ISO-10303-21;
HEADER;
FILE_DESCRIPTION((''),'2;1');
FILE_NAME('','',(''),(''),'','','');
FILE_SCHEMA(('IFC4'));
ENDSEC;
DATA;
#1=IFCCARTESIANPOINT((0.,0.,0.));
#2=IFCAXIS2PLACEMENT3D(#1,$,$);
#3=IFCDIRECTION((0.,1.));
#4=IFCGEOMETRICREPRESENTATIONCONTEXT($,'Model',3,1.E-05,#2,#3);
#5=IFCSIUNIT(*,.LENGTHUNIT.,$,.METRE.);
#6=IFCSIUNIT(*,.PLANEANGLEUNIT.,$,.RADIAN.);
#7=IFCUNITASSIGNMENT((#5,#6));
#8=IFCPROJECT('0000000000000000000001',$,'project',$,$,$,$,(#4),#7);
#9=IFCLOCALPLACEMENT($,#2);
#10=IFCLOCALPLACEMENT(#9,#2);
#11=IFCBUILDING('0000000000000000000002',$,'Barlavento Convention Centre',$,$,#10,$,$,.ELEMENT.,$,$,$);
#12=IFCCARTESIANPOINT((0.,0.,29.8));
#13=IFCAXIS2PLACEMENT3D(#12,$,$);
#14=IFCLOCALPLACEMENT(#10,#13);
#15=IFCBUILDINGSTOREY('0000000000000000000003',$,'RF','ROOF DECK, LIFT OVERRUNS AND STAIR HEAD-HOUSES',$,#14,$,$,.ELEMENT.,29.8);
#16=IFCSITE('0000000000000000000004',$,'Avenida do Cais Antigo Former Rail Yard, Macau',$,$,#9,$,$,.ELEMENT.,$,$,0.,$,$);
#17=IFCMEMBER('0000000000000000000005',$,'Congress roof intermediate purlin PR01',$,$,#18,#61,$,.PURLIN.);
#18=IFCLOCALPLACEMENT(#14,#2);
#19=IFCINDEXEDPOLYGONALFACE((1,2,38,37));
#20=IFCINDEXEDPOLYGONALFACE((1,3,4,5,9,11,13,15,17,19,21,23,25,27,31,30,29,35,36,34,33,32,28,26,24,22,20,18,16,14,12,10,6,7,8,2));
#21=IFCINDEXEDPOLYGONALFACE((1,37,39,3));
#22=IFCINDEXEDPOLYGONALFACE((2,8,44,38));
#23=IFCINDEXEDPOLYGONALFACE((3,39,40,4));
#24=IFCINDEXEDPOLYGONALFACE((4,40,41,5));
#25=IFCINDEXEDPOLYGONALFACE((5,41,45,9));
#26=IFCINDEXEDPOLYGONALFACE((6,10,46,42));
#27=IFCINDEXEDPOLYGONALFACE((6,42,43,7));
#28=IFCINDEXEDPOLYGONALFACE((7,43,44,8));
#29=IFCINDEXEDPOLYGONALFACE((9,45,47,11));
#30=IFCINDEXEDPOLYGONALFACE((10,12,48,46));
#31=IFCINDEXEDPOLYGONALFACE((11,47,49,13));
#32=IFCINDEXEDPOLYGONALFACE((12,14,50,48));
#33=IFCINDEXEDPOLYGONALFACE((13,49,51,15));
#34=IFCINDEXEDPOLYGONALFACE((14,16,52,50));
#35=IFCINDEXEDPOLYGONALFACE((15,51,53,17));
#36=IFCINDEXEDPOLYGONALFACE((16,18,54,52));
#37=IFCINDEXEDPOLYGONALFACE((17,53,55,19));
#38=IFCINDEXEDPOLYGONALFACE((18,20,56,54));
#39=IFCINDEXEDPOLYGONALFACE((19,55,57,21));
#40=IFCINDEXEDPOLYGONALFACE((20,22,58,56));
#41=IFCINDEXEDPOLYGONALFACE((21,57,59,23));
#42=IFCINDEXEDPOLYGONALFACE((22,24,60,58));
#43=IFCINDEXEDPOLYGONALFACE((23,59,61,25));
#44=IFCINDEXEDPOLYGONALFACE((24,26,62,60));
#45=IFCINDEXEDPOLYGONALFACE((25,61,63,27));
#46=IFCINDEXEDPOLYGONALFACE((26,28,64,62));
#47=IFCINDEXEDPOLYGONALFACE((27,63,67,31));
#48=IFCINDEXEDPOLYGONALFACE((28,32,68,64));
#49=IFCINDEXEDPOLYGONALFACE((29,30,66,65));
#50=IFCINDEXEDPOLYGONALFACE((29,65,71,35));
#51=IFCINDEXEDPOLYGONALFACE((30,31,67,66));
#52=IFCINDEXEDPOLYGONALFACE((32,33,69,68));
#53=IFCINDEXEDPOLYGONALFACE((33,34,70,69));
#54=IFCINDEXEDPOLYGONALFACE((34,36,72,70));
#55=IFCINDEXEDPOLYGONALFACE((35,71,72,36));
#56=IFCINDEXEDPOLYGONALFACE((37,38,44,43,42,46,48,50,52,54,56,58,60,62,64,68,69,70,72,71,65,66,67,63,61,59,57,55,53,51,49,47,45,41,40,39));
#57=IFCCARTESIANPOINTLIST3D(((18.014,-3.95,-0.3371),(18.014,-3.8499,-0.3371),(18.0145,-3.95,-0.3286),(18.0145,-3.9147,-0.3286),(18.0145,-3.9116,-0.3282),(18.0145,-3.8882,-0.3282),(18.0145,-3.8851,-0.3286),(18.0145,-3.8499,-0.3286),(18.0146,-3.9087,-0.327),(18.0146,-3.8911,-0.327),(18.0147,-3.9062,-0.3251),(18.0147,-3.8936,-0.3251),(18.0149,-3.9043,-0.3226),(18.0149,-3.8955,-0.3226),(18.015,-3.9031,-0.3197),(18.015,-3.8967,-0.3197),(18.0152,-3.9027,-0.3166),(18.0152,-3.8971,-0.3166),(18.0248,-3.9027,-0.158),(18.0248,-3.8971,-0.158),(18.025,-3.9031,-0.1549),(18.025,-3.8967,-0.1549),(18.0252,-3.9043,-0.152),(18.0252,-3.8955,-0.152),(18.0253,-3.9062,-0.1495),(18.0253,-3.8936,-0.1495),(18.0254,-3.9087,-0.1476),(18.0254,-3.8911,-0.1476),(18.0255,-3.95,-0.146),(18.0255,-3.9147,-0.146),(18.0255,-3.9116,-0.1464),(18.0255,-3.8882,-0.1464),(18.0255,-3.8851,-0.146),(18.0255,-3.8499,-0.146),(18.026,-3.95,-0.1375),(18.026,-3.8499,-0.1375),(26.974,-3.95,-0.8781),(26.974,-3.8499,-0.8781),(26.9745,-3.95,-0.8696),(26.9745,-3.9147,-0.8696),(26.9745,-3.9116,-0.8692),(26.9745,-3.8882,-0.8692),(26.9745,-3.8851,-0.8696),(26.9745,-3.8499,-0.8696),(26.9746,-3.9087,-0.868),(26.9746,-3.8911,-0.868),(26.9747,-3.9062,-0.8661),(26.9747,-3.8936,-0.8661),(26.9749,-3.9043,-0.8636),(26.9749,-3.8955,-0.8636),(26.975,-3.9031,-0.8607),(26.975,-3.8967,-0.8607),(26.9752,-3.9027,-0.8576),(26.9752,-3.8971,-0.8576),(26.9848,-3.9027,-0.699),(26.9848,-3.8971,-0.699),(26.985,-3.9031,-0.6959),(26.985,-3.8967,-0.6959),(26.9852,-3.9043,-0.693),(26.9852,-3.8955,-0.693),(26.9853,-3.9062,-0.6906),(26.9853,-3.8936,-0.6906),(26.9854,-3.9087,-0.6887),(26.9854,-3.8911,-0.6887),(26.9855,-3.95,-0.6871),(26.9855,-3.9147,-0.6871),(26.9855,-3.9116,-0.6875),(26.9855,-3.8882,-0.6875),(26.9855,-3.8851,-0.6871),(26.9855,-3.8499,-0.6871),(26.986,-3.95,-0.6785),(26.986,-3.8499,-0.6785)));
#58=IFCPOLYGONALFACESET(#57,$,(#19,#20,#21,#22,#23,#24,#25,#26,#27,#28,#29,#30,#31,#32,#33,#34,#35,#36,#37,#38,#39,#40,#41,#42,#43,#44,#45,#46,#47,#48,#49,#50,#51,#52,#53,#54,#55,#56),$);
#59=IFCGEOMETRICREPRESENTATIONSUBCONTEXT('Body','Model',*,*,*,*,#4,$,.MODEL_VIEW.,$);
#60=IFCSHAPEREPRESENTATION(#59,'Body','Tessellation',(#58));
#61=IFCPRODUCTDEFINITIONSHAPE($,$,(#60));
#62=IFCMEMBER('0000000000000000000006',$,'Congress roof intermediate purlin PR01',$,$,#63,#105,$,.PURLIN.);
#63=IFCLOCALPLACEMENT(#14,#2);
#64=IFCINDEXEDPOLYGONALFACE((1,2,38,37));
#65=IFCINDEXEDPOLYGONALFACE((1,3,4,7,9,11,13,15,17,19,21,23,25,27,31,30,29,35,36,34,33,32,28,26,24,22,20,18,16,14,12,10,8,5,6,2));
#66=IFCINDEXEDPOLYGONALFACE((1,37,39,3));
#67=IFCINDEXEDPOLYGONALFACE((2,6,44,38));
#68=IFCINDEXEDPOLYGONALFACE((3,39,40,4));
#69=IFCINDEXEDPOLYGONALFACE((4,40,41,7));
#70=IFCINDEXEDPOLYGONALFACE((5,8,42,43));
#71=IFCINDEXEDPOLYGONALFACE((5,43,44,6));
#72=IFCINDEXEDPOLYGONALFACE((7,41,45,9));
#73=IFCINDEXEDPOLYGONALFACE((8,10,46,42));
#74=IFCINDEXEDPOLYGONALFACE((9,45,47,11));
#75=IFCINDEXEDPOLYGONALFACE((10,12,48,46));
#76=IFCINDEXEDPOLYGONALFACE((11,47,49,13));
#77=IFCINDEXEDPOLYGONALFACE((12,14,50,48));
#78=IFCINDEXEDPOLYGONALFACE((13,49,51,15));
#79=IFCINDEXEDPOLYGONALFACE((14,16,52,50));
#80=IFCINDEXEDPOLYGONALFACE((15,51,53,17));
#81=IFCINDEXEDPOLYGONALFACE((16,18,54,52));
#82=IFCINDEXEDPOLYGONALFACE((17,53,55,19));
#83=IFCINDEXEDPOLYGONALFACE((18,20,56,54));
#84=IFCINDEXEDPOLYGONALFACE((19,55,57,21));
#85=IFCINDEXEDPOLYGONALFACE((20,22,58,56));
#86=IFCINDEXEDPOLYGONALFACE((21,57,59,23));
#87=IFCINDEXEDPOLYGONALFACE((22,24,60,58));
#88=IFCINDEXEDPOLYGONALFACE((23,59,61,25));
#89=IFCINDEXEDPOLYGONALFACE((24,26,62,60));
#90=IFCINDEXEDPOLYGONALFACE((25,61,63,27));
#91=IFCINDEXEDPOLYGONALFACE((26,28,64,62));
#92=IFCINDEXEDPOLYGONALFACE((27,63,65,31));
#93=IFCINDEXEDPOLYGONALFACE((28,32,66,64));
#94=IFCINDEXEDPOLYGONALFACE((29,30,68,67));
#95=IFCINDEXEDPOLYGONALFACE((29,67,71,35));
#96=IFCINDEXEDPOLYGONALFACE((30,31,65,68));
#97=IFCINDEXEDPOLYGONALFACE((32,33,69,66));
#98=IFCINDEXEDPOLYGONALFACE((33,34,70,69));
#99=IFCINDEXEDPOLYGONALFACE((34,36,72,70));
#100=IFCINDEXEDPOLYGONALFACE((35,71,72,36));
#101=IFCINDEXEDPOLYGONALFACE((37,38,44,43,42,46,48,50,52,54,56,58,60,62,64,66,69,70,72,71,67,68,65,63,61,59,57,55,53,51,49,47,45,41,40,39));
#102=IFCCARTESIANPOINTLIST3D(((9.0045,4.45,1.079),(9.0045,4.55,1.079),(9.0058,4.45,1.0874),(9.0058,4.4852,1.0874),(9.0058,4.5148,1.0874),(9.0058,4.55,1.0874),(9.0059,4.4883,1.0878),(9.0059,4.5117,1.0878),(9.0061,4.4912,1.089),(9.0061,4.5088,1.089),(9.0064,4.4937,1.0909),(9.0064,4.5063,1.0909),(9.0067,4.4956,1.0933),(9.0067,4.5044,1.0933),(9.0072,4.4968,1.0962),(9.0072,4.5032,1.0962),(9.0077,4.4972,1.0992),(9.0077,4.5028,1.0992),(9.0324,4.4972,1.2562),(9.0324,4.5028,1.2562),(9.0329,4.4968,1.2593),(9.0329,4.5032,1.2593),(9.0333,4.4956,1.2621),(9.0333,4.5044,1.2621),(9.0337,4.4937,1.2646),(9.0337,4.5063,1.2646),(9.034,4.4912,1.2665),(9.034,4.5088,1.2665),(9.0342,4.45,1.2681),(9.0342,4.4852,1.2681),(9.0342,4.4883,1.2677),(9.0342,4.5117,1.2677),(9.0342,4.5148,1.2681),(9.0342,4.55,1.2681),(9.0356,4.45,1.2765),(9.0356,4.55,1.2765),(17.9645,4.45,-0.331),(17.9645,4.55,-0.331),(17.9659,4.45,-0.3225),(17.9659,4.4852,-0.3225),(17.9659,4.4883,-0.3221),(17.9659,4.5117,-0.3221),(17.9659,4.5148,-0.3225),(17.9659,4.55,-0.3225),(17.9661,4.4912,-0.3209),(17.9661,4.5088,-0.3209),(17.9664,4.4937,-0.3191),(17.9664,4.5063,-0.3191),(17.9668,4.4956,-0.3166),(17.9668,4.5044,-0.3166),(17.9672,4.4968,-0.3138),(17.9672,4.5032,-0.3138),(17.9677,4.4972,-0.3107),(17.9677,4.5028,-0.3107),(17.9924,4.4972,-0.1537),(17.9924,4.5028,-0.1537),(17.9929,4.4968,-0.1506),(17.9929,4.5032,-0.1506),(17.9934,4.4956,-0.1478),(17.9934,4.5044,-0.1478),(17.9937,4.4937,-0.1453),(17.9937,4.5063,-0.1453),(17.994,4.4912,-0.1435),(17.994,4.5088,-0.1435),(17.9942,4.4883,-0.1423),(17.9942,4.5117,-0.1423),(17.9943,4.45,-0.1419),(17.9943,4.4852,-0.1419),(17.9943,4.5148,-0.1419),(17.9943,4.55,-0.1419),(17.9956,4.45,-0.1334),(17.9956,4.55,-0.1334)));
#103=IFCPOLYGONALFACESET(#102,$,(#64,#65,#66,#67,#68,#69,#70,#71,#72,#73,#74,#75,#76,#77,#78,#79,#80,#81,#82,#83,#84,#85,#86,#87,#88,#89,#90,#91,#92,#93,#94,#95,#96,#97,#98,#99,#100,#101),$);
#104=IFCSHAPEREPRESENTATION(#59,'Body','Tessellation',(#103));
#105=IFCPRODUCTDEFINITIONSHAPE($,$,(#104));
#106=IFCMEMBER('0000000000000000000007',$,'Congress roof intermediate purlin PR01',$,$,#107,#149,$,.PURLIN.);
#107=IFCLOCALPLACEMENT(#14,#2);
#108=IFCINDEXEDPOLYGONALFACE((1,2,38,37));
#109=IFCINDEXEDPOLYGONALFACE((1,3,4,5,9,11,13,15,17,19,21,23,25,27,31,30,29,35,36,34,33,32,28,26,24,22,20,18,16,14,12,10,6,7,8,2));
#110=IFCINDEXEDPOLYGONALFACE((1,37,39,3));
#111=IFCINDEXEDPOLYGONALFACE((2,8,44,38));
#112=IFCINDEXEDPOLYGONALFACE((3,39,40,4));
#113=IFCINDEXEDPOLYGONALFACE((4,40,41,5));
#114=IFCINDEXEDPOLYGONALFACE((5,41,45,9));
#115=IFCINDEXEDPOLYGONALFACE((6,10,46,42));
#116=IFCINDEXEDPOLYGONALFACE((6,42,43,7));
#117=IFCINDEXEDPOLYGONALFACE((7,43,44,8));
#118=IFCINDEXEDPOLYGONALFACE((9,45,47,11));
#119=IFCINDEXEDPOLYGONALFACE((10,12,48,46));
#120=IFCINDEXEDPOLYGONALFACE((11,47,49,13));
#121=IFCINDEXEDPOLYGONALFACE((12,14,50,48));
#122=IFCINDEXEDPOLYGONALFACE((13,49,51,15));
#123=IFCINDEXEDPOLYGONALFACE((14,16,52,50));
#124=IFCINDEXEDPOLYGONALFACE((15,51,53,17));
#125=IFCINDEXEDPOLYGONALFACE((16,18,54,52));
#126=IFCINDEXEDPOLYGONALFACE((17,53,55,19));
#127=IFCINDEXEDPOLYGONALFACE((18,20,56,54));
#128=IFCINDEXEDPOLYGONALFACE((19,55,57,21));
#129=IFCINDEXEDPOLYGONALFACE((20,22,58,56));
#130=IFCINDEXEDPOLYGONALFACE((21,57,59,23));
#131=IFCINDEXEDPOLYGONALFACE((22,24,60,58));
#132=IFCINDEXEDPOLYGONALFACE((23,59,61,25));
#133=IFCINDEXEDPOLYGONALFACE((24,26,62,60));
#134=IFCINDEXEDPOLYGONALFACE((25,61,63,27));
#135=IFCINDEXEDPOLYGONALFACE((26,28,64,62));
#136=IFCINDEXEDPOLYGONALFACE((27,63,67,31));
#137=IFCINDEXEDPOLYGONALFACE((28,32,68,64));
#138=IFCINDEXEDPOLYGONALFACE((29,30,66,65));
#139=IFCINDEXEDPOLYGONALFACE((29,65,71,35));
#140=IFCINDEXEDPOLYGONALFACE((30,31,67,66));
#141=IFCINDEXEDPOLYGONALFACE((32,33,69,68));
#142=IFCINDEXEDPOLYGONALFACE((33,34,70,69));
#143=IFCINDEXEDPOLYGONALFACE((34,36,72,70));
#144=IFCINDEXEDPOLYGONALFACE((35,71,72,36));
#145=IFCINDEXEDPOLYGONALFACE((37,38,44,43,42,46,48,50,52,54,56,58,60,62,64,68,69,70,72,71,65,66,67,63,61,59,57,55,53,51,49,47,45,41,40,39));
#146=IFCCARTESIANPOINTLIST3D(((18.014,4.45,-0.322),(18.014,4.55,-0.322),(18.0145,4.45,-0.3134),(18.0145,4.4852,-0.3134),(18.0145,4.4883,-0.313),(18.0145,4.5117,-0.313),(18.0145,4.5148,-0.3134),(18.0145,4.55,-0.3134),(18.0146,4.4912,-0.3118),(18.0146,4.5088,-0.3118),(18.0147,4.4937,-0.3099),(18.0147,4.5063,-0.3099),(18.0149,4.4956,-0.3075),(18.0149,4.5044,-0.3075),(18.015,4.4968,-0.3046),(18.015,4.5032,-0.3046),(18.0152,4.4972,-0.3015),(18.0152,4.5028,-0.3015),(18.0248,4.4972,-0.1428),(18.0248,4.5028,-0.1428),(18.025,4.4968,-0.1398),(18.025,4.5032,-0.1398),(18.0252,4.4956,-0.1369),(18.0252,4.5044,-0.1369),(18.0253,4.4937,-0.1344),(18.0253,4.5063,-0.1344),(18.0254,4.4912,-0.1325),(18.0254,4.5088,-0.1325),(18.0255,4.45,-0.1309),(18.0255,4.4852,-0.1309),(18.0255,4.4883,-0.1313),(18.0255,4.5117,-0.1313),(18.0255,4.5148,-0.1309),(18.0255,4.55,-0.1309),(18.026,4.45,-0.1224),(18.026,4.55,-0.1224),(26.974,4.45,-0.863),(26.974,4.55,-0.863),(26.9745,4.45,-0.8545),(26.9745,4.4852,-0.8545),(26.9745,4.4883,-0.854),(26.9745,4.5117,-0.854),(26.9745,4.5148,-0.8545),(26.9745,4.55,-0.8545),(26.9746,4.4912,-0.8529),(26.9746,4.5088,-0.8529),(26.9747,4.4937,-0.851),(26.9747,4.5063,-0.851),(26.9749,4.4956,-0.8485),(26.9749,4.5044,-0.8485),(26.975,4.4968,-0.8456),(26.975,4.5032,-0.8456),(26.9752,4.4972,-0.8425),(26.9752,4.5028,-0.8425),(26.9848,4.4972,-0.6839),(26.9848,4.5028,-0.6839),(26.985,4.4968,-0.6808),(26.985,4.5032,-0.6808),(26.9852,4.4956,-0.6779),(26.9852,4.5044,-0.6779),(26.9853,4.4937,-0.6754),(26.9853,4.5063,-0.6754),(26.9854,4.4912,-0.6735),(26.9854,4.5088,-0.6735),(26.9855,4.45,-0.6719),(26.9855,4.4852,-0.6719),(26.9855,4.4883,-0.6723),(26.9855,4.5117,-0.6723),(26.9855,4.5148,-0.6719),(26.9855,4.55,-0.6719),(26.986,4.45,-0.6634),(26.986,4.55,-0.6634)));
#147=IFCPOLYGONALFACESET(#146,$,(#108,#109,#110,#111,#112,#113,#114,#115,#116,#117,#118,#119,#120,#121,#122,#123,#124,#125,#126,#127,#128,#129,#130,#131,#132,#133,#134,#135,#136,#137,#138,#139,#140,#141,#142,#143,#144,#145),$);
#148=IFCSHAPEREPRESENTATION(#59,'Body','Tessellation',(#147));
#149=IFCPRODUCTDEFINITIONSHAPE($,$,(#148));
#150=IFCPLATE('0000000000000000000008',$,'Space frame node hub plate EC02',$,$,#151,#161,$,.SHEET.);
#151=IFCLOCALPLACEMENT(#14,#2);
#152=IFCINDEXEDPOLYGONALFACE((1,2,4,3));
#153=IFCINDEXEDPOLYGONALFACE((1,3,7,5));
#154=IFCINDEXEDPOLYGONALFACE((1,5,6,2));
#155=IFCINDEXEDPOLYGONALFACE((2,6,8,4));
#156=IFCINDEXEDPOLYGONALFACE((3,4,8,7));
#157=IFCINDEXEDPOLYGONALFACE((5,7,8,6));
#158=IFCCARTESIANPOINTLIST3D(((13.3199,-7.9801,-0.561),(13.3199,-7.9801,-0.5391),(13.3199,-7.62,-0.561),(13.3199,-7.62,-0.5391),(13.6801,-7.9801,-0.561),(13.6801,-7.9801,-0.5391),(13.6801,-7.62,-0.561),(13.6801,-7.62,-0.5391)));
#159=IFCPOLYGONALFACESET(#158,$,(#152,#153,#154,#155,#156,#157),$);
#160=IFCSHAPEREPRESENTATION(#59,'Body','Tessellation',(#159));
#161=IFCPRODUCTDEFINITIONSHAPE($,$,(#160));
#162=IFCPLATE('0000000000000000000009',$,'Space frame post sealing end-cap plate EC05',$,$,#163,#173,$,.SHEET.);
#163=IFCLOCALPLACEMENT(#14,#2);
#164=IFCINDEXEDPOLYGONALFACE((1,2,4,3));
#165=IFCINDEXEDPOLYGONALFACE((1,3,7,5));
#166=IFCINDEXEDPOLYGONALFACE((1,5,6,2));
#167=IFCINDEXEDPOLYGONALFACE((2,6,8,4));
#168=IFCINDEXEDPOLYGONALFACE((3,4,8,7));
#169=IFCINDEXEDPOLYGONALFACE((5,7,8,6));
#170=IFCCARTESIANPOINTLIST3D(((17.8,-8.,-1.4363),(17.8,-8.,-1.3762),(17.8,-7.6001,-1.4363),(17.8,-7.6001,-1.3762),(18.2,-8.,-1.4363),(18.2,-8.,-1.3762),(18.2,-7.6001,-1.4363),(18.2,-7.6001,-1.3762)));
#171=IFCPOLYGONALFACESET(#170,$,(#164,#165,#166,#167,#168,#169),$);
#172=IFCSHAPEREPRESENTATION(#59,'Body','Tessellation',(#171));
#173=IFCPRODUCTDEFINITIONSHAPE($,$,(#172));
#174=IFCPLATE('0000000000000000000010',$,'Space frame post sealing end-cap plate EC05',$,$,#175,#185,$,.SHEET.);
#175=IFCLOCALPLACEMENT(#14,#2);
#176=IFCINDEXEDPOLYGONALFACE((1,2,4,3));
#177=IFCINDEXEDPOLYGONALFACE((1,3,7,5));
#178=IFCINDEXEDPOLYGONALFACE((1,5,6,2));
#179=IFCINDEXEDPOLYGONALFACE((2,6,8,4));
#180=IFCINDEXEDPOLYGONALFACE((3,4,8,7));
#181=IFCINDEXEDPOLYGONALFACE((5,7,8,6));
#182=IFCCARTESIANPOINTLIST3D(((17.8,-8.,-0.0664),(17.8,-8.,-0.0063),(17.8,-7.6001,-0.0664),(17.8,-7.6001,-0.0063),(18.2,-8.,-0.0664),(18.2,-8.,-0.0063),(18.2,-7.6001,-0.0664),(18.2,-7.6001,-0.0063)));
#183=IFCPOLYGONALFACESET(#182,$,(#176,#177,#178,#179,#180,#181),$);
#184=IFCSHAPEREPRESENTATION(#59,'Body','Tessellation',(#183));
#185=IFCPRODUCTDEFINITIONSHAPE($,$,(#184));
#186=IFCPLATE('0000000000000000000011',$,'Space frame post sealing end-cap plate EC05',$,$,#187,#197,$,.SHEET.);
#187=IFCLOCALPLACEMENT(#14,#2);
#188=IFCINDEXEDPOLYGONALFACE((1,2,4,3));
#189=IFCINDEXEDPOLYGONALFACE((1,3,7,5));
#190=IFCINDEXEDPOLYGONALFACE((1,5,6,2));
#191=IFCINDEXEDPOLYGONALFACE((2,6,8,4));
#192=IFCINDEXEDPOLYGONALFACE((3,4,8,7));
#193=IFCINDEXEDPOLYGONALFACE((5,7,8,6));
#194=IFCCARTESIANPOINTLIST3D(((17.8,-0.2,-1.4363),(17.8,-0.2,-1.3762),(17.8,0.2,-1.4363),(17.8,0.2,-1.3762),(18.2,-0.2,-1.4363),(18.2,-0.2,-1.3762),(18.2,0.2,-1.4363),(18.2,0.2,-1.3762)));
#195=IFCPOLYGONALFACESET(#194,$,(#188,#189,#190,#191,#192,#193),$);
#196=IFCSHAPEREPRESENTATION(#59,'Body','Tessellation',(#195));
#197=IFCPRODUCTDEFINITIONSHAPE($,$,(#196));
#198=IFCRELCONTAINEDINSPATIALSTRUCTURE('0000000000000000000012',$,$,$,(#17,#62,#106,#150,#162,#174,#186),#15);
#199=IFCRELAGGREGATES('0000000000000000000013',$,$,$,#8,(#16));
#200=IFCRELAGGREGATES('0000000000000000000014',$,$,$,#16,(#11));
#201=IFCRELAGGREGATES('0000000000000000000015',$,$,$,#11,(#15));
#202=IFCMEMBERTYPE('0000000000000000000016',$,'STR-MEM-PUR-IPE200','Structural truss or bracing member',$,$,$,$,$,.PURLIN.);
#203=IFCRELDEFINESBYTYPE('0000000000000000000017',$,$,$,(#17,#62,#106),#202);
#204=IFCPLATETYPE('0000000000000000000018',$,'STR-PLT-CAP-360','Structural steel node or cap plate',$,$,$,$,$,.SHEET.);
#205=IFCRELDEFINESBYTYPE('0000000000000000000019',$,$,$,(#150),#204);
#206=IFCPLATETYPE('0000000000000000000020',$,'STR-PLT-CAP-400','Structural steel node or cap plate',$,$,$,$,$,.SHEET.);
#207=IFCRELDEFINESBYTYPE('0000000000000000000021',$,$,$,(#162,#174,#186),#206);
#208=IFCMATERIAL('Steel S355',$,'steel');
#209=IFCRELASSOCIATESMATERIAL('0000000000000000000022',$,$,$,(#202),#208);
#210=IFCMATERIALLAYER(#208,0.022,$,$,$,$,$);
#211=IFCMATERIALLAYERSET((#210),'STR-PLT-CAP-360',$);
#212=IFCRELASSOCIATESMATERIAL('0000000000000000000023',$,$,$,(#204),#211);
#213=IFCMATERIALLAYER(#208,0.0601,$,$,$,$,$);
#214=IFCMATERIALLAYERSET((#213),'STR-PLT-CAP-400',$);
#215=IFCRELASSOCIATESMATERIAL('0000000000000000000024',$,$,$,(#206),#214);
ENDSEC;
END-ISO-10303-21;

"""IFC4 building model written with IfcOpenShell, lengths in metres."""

from ifc_helpers import new_model, si_unit, direction, frame, origin, origin_2d, place, context, subcontext, project, spatial, rectangle, i_section, extrude, material, layer, layer_set, material_profile, profile_set, type_object, element, save


model = new_model("IFC4")

# Units and contexts
model_context = context("Model", 3, precision=1e-05, world=origin(), true_north=direction((0.0, 1.0)))
body_context = subcontext(model_context, "Body", "Model", "MODEL_VIEW")
ifc_project = project(units=[si_unit("LENGTHUNIT", "METRE"), si_unit("PLANEANGLEUNIT", "RADIAN")], contexts=[model_context])

# Site, building, storey
site_placement = place(None, origin())
site = spatial("IfcSite", under=ifc_project, at=site_placement, Name="Avenida do Cais Antigo Former Rail Yard, Macau", CompositionType="ELEMENT", RefElevation=0.0)
building_placement = place(site_placement, origin())
building = spatial("IfcBuilding", under=site, at=building_placement, Name="Barlavento Convention Centre", CompositionType="ELEMENT")
storey_placement = place(building_placement, frame((0.0, 0.0, 29.8)))
storey = spatial("IfcBuildingStorey", under=building, at=storey_placement, Name="RF", Description="ROOF DECK, LIFT OVERRUNS AND STAIR HEAD-HOUSES", CompositionType="ELEMENT", Elevation=29.8)

# Shared definitions
ifc_material_1 = material(Name="Steel S355", Category="steel")

# Members
ifc_material_profile_1 = material_profile(ifc_material_1, i_section(OverallWidth=0.1001, OverallDepth=0.2, WebThickness=0.0056, FlangeThickness=0.0085, FilletRadius=0.012, at=origin_2d()), Name="IPE 200")
ifc_profile_set_1 = profile_set([ifc_material_profile_1], Name="Steel S355")
member_type_1 = type_object("IfcMemberType", Name="STR-MEM-PUR-IPE200", Description="Structural truss or bracing member", PredefinedType="PURLIN", material=ifc_profile_set_1)
member_1_placement = place(storey_placement, frame((18.02, -3.8999, -0.2373), z_axis=(0.998182, 0.0, -0.060272), x_axis=(0.0, 1.0, 0.0)))
element("IfcMember", 1, at=member_1_placement, inside=storey, type_object=member_type_1, Name="Congress roof intermediate purlin PR01", PredefinedType="PURLIN", context=body_context, shape_type="SweptSolid", body=[
    extrude(i_section(OverallWidth=0.1001, OverallDepth=0.2, WebThickness=0.0056, FlangeThickness=0.0085, FilletRadius=0.012, at=origin_2d()), origin(), (0.0, 0.0, 1.0), 8.9763),
])
member_2_placement = place(storey_placement, frame((9.02, 4.5, 1.1777), z_axis=(0.987845, 0.0, -0.155444), x_axis=(0.0, 1.0, 0.0)))
element("IfcMember", 2, at=member_2_placement, inside=storey, type_object=member_type_1, Name="Congress roof intermediate purlin PR01", PredefinedType="PURLIN", context=body_context, shape_type="SweptSolid", body=[
    extrude(i_section(OverallWidth=0.1001, OverallDepth=0.2, WebThickness=0.0056, FlangeThickness=0.0085, FilletRadius=0.012, at=origin_2d()), origin(), (0.0, 0.0, 1.0), 9.0703),
])
member_3_placement = place(storey_placement, frame((18.02, 4.5, -0.2222), z_axis=(0.998182, 0.0, -0.060272), x_axis=(0.0, 1.0, 0.0)))
element("IfcMember", 3, at=member_3_placement, inside=storey, type_object=member_type_1, Name="Congress roof intermediate purlin PR01", PredefinedType="PURLIN", context=body_context, shape_type="SweptSolid", body=[
    extrude(i_section(OverallWidth=0.1001, OverallDepth=0.2, WebThickness=0.0056, FlangeThickness=0.0085, FilletRadius=0.012, at=origin_2d()), origin(), (0.0, 0.0, 1.0), 8.9763),
])

# Plates
ifc_layer_1 = layer(ifc_material_1, 0.022)
ifc_layer_set_1 = layer_set([ifc_layer_1], Name="STR-PLT-CAP-360")
plate_type_1 = type_object("IfcPlateType", Name="STR-PLT-CAP-360", Description="Structural steel node or cap plate", PredefinedType="SHEET", material=ifc_layer_set_1)
plate_1_placement = place(storey_placement, frame((13.5, -7.8, -0.561), z_axis=(0.0, 0.0, 1.0), x_axis=(1.0, 0.0, 0.0)))
element("IfcPlate", 4, at=plate_1_placement, inside=storey, type_object=plate_type_1, Name="Space frame node hub plate EC02", PredefinedType="SHEET", context=body_context, shape_type="SweptSolid", body=[
    extrude(rectangle(XDim=0.3601, YDim=0.3601, at=origin_2d()), origin(), (0.0, 0.0, 1.0), 0.022),
])
ifc_layer_2 = layer(ifc_material_1, 0.0601)
ifc_layer_set_2 = layer_set([ifc_layer_2], Name="STR-PLT-CAP-400")
plate_type_2 = type_object("IfcPlateType", Name="STR-PLT-CAP-400", Description="Structural steel node or cap plate", PredefinedType="SHEET", material=ifc_layer_set_2)
for number, where, z_axis, x_axis, name in (
    (5, (18.0, -7.8, -1.4363), (0.0, 0.0, 1.0), (1.0, 0.0, 0.0), "Space frame post sealing end-cap plate EC05"),
    (6, (18.0, -7.8, -0.0664), (0.0, 0.0, 1.0), (1.0, 0.0, 0.0), "Space frame post sealing end-cap plate EC05"),
    (7, (18.0, 0.0, -1.4363), (0.0, 0.0, 1.0), (1.0, 0.0, 0.0), "Space frame post sealing end-cap plate EC05"),
):
    element("IfcPlate", number, at=place(storey_placement, frame(where, z_axis=z_axis, x_axis=x_axis)), inside=storey, type_object=plate_type_2, Name=name, PredefinedType="SHEET", context=body_context, shape_type="SweptSolid", body=[
        extrude(rectangle(XDim=0.3999, YDim=0.3999, at=origin_2d()), origin(), (0.0, 0.0, 1.0), 0.0601),
    ])

save(model, "model.ifc")
